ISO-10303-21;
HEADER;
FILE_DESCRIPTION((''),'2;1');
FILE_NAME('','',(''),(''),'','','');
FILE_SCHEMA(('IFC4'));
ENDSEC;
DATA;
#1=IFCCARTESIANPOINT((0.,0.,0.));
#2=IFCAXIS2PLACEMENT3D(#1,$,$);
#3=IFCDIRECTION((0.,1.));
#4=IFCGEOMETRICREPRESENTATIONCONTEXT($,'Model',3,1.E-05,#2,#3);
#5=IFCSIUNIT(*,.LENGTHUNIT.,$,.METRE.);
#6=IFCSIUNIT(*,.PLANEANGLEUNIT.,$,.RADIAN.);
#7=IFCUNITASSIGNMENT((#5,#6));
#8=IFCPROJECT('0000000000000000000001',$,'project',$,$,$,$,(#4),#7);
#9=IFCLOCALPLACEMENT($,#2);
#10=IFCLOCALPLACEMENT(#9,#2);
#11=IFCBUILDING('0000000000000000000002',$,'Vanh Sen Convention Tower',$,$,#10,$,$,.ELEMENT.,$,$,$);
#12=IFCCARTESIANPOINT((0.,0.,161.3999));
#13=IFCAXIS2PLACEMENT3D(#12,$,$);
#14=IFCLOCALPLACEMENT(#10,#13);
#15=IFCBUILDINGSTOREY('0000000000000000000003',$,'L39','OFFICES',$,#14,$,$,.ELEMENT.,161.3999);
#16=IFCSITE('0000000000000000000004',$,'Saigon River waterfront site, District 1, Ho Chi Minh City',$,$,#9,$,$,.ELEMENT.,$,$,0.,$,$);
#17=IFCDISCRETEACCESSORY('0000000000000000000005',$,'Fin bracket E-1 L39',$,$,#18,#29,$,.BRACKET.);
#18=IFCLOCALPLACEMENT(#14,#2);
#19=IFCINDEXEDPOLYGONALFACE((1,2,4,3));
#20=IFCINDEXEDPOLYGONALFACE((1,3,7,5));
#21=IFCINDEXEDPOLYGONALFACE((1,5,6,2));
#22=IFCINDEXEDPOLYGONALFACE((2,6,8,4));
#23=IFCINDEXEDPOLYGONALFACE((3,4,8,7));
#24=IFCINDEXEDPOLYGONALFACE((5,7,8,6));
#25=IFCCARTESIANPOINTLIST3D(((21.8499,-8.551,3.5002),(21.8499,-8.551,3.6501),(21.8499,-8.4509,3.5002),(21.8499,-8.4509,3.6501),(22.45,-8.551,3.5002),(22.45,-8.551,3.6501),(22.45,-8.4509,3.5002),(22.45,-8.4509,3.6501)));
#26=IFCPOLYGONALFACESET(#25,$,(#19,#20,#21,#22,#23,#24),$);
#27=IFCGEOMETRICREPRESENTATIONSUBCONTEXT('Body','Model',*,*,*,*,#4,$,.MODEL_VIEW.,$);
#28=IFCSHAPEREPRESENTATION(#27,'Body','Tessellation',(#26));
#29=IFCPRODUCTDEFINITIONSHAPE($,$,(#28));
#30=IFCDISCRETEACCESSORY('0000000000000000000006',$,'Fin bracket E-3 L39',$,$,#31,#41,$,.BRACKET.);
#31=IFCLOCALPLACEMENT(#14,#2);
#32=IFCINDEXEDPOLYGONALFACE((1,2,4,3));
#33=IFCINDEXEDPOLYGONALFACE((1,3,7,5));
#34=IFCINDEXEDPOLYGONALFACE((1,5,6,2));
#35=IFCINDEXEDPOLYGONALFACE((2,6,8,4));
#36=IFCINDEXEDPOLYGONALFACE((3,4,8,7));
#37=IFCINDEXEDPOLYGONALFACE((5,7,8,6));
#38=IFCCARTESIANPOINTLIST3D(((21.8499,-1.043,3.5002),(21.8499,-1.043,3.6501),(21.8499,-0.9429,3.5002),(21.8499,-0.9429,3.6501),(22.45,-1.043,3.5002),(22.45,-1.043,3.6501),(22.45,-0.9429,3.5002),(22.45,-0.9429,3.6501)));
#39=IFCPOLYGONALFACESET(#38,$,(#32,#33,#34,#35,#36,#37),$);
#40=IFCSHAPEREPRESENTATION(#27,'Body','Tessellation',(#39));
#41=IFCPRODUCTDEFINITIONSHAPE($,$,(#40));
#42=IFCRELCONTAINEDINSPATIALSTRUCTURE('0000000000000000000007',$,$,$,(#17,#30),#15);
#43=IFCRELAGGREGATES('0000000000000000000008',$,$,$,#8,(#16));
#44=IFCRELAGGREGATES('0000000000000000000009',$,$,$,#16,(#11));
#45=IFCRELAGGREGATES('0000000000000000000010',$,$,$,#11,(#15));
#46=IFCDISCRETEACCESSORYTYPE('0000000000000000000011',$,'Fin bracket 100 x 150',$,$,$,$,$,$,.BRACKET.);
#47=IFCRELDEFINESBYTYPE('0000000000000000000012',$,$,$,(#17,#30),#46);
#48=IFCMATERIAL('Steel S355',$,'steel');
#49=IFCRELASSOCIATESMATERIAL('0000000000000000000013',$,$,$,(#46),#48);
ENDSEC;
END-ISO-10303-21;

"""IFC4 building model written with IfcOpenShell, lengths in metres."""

from ifc_helpers import new_model, si_unit, direction, frame, origin, origin_2d, place, context, subcontext, project, spatial, rectangle, extrude, material, type_object, element, save


model = new_model("IFC4")

# Units and contexts
model_context = context("Model", 3, precision=1e-05, world=origin(), true_north=direction((0.0, 1.0)))
body_context = subcontext(model_context, "Body", "Model", "MODEL_VIEW")
ifc_project = project(units=[si_unit("LENGTHUNIT", "METRE"), si_unit("PLANEANGLEUNIT", "RADIAN")], contexts=[model_context])

# Site, building, storey
site_placement = place(None, origin())
site = spatial("IfcSite", under=ifc_project, at=site_placement, Name="Saigon River waterfront site, District 1, Ho Chi Minh City", CompositionType="ELEMENT", RefElevation=0.0)
building_placement = place(site_placement, origin())
building = spatial("IfcBuilding", under=site, at=building_placement, Name="Vanh Sen Convention Tower", CompositionType="ELEMENT")
storey_placement = place(building_placement, frame((0.0, 0.0, 161.3999)))
storey = spatial("IfcBuildingStorey", under=building, at=storey_placement, Name="L39", Description="OFFICES", CompositionType="ELEMENT", Elevation=161.3999)

# Discrete accessories
ifc_material_1 = material(Name="Steel S355", Category="steel")
discrete_accessory_type = type_object("IfcDiscreteAccessoryType", Name="Fin bracket 100 x 150", PredefinedType="BRACKET", material=ifc_material_1)
for number, where, z_axis, x_axis, name in (
    (1, (22.1499, -8.501, 3.5002), (0.0, 0.0, 1.0), (1.0, 0.0, 0.0), "Fin bracket E-1 L39"),
    (2, (22.1499, -0.9929, 3.5002), (0.0, 0.0, 1.0), (1.0, 0.0, 0.0), "Fin bracket E-3 L39"),
):
    element("IfcDiscreteAccessory", number, at=place(storey_placement, frame(where, z_axis=z_axis, x_axis=x_axis)), inside=storey, type_object=discrete_accessory_type, Name=name, PredefinedType="BRACKET", context=body_context, shape_type="SweptSolid", body=[
        extrude(rectangle(XDim=0.6001, YDim=0.1001, at=origin_2d()), origin(), (0.0, 0.0, 1.0), 0.1499),
    ])

save(model, "model.ifc")
